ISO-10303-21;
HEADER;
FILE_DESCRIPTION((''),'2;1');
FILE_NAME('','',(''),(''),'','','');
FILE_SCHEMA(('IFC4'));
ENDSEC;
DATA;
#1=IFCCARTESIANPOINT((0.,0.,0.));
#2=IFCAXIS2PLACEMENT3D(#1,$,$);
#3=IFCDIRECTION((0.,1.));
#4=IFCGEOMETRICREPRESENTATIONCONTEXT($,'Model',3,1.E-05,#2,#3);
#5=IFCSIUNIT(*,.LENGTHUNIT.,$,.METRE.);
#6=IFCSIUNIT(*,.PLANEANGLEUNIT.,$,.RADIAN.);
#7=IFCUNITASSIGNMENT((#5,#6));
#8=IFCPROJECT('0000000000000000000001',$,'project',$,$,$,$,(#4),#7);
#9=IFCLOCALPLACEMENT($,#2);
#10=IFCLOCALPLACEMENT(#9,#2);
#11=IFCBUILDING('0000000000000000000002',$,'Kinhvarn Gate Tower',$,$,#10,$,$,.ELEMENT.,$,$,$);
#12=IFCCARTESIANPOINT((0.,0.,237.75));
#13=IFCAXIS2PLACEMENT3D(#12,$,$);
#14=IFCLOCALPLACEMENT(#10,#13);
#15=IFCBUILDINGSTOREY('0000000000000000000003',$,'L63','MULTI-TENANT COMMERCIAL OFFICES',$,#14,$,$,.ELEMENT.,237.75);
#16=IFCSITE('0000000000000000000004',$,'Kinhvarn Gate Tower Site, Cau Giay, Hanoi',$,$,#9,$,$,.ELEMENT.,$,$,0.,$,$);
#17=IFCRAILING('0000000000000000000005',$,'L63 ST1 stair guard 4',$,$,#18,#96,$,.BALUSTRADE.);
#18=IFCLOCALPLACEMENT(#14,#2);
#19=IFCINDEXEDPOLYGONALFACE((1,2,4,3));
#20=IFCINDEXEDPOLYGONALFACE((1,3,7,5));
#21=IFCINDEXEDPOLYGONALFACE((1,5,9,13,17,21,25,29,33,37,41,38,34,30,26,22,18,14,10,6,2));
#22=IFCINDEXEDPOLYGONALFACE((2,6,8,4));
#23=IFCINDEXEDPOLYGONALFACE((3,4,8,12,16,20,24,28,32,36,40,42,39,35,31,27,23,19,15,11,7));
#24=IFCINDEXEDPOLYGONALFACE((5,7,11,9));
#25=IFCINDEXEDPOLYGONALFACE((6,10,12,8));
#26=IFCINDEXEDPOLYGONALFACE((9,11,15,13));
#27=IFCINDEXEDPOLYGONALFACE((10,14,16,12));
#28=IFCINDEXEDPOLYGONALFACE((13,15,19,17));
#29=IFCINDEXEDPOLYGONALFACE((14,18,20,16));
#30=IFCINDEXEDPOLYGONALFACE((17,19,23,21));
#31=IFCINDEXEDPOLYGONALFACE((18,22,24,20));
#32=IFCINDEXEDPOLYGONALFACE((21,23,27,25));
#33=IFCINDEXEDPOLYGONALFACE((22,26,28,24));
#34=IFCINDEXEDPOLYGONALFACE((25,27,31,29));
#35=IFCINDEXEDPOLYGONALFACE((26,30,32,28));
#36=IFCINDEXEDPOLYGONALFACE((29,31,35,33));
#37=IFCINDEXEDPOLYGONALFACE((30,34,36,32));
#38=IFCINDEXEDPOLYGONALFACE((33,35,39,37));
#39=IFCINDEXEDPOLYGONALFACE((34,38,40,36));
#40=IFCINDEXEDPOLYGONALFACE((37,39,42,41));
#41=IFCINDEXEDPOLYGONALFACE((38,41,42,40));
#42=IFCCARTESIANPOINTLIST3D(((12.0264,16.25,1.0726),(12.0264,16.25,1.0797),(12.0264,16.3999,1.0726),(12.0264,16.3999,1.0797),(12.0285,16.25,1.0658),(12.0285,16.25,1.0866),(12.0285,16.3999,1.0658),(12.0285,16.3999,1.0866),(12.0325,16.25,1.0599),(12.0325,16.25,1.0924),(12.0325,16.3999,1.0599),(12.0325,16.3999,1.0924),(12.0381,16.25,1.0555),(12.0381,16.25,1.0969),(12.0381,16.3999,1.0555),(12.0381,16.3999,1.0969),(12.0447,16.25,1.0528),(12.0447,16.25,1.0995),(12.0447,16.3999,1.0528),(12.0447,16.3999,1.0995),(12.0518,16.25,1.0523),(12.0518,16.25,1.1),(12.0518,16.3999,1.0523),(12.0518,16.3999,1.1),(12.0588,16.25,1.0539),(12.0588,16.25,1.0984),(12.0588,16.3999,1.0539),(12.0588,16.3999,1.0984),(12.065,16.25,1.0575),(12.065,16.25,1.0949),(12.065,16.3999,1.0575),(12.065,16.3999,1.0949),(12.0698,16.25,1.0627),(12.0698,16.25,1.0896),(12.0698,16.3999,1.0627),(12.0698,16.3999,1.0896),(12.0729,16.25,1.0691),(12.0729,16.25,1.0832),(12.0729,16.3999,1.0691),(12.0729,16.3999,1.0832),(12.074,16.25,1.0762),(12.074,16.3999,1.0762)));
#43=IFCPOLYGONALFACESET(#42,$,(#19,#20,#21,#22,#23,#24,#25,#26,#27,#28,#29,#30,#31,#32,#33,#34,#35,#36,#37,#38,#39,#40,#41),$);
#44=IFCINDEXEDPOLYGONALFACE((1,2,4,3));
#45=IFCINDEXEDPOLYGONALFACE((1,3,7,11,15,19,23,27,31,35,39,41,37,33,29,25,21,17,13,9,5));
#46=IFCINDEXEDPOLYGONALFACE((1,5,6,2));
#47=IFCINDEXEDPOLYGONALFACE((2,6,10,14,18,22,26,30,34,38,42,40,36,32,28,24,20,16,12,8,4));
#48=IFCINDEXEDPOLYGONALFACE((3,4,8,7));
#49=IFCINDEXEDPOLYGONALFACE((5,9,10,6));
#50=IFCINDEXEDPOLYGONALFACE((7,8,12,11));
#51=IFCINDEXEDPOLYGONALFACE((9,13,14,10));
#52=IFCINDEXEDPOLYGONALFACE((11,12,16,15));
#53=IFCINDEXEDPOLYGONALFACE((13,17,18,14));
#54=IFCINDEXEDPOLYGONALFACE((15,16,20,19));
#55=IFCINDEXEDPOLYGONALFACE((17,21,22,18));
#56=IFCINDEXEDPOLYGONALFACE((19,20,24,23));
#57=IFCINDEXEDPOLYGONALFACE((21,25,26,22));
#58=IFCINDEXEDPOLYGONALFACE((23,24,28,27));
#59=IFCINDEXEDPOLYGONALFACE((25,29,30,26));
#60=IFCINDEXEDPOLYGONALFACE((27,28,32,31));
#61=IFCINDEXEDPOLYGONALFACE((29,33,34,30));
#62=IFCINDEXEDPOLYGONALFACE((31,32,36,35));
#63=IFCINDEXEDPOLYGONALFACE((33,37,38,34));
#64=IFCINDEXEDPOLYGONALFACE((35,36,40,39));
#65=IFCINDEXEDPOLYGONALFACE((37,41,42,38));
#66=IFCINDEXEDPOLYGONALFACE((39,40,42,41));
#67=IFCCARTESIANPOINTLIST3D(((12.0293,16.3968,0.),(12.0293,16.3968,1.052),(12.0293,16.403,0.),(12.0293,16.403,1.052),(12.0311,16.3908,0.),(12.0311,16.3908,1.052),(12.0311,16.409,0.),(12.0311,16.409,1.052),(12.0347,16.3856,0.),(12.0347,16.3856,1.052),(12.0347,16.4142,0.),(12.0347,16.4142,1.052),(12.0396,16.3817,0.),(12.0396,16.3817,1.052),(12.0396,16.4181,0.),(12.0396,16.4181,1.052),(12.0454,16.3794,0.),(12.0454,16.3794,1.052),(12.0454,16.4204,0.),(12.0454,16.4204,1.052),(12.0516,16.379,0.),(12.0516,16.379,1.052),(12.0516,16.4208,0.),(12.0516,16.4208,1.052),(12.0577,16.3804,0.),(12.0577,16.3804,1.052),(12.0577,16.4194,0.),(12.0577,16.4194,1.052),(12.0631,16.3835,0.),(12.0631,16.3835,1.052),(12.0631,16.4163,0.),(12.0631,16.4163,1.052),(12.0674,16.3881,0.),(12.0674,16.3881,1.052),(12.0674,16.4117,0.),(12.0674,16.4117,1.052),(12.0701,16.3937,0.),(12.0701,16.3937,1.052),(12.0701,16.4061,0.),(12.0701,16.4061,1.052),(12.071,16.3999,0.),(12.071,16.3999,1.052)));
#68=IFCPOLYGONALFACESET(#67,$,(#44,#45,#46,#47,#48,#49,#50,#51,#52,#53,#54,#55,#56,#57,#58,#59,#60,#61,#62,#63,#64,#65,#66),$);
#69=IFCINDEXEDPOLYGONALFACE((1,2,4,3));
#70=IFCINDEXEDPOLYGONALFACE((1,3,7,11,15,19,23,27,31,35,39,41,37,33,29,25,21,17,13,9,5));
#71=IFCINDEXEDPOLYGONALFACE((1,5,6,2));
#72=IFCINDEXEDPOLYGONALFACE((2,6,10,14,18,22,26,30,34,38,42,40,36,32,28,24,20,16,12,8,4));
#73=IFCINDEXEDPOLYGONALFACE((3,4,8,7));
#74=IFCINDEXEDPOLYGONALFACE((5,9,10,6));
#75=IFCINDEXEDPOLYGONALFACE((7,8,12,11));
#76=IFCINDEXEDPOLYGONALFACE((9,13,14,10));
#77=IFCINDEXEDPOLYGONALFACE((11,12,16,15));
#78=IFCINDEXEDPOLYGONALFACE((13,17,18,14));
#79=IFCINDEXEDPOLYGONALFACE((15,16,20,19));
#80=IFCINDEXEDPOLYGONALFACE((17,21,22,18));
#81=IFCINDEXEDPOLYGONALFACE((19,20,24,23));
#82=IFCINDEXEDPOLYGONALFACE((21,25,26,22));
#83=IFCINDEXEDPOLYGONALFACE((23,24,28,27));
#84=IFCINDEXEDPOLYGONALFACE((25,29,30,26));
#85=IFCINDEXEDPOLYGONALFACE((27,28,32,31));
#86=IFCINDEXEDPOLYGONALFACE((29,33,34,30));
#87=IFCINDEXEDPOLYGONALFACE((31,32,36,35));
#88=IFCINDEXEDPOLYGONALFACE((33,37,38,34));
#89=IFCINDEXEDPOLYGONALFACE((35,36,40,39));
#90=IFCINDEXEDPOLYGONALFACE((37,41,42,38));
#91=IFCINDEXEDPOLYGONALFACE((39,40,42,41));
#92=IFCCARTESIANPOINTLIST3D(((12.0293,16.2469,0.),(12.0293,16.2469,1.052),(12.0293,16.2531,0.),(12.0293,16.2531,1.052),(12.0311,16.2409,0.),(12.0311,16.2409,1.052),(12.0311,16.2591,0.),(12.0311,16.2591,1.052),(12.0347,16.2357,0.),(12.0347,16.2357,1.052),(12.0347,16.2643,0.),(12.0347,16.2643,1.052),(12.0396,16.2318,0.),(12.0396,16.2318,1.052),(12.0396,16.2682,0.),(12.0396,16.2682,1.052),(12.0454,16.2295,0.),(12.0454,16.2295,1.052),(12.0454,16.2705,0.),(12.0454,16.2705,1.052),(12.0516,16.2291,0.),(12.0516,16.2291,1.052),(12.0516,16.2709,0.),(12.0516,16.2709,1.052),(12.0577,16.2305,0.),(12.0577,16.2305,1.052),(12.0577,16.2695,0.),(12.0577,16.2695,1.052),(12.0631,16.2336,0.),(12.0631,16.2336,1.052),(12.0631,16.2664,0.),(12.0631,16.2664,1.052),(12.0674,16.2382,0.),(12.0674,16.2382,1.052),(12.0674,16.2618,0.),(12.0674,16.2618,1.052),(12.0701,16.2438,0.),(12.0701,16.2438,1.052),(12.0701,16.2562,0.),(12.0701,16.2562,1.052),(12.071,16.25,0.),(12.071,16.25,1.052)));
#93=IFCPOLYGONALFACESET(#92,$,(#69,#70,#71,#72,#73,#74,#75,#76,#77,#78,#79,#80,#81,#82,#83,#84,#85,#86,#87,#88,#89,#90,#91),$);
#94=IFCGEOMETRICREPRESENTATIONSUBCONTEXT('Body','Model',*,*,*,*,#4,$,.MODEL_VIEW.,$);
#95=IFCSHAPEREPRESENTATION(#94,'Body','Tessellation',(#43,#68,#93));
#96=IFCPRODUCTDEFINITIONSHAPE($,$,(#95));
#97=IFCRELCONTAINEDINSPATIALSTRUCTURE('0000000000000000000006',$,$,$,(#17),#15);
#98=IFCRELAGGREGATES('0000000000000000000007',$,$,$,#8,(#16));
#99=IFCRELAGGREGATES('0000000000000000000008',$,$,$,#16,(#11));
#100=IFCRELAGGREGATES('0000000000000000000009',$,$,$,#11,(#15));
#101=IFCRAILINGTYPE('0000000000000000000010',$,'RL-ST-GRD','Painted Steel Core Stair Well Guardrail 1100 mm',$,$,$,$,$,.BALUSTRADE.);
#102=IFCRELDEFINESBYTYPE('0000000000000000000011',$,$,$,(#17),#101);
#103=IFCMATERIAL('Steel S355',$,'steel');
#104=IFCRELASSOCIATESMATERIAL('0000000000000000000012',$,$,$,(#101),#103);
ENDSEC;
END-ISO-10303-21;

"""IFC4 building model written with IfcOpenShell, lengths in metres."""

from ifc_helpers import new_model, si_unit, direction, frame, origin, origin_2d, place, context, subcontext, project, spatial, circle, extrude, material, type_object, element, save


model = new_model("IFC4")

# Units and contexts
model_context = context("Model", 3, precision=1e-05, world=origin(), true_north=direction((0.0, 1.0)))
body_context = subcontext(model_context, "Body", "Model", "MODEL_VIEW")
ifc_project = project(units=[si_unit("LENGTHUNIT", "METRE"), si_unit("PLANEANGLEUNIT", "RADIAN")], contexts=[model_context])

# Site, building, storey
site_placement = place(None, origin())
site = spatial("IfcSite", under=ifc_project, at=site_placement, Name="Kinhvarn Gate Tower Site, Cau Giay, Hanoi", CompositionType="ELEMENT", RefElevation=0.0)
building_placement = place(site_placement, origin())
building = spatial("IfcBuilding", under=site, at=building_placement, Name="Kinhvarn Gate Tower", CompositionType="ELEMENT")
storey_placement = place(building_placement, frame((0.0, 0.0, 237.75)))
storey = spatial("IfcBuildingStorey", under=building, at=storey_placement, Name="L63", Description="MULTI-TENANT COMMERCIAL OFFICES", CompositionType="ELEMENT", Elevation=237.75)

# Shared definitions
ifc_material_1 = material(Name="Steel S355", Category="steel")

# Railing
railing_type_1 = type_object("IfcRailingType", Name="RL-ST-GRD", Description="Painted Steel Core Stair Well Guardrail 1100 mm", PredefinedType="BALUSTRADE", material=ifc_material_1)
railing_1_placement = place(storey_placement, frame((12.05, 16.3999, 0.0)))
element("IfcRailing", 1, at=railing_1_placement, inside=storey, type_object=railing_type_1, Name="L63 ST1 stair guard 4", PredefinedType="BALUSTRADE", context=body_context, shape_type="SweptSolid", body=[
    extrude(circle(Radius=0.0239, at=origin_2d()), frame((0.0, 0.0, 1.0762), z_axis=(0.0, -1.0, 0.0), x_axis=(1.0, 0.0, 0.0)), (0.0, 0.0, 1.0), 0.1499),
    extrude(circle(Radius=0.021, at=origin_2d()), origin(), (0.0, 0.0, 1.0), 1.052),
    extrude(circle(Radius=0.021, at=origin_2d()), frame((0.0, -0.1499, 0.0)), (0.0, 0.0, 1.0), 1.052),
])

save(model, "model.ifc")
